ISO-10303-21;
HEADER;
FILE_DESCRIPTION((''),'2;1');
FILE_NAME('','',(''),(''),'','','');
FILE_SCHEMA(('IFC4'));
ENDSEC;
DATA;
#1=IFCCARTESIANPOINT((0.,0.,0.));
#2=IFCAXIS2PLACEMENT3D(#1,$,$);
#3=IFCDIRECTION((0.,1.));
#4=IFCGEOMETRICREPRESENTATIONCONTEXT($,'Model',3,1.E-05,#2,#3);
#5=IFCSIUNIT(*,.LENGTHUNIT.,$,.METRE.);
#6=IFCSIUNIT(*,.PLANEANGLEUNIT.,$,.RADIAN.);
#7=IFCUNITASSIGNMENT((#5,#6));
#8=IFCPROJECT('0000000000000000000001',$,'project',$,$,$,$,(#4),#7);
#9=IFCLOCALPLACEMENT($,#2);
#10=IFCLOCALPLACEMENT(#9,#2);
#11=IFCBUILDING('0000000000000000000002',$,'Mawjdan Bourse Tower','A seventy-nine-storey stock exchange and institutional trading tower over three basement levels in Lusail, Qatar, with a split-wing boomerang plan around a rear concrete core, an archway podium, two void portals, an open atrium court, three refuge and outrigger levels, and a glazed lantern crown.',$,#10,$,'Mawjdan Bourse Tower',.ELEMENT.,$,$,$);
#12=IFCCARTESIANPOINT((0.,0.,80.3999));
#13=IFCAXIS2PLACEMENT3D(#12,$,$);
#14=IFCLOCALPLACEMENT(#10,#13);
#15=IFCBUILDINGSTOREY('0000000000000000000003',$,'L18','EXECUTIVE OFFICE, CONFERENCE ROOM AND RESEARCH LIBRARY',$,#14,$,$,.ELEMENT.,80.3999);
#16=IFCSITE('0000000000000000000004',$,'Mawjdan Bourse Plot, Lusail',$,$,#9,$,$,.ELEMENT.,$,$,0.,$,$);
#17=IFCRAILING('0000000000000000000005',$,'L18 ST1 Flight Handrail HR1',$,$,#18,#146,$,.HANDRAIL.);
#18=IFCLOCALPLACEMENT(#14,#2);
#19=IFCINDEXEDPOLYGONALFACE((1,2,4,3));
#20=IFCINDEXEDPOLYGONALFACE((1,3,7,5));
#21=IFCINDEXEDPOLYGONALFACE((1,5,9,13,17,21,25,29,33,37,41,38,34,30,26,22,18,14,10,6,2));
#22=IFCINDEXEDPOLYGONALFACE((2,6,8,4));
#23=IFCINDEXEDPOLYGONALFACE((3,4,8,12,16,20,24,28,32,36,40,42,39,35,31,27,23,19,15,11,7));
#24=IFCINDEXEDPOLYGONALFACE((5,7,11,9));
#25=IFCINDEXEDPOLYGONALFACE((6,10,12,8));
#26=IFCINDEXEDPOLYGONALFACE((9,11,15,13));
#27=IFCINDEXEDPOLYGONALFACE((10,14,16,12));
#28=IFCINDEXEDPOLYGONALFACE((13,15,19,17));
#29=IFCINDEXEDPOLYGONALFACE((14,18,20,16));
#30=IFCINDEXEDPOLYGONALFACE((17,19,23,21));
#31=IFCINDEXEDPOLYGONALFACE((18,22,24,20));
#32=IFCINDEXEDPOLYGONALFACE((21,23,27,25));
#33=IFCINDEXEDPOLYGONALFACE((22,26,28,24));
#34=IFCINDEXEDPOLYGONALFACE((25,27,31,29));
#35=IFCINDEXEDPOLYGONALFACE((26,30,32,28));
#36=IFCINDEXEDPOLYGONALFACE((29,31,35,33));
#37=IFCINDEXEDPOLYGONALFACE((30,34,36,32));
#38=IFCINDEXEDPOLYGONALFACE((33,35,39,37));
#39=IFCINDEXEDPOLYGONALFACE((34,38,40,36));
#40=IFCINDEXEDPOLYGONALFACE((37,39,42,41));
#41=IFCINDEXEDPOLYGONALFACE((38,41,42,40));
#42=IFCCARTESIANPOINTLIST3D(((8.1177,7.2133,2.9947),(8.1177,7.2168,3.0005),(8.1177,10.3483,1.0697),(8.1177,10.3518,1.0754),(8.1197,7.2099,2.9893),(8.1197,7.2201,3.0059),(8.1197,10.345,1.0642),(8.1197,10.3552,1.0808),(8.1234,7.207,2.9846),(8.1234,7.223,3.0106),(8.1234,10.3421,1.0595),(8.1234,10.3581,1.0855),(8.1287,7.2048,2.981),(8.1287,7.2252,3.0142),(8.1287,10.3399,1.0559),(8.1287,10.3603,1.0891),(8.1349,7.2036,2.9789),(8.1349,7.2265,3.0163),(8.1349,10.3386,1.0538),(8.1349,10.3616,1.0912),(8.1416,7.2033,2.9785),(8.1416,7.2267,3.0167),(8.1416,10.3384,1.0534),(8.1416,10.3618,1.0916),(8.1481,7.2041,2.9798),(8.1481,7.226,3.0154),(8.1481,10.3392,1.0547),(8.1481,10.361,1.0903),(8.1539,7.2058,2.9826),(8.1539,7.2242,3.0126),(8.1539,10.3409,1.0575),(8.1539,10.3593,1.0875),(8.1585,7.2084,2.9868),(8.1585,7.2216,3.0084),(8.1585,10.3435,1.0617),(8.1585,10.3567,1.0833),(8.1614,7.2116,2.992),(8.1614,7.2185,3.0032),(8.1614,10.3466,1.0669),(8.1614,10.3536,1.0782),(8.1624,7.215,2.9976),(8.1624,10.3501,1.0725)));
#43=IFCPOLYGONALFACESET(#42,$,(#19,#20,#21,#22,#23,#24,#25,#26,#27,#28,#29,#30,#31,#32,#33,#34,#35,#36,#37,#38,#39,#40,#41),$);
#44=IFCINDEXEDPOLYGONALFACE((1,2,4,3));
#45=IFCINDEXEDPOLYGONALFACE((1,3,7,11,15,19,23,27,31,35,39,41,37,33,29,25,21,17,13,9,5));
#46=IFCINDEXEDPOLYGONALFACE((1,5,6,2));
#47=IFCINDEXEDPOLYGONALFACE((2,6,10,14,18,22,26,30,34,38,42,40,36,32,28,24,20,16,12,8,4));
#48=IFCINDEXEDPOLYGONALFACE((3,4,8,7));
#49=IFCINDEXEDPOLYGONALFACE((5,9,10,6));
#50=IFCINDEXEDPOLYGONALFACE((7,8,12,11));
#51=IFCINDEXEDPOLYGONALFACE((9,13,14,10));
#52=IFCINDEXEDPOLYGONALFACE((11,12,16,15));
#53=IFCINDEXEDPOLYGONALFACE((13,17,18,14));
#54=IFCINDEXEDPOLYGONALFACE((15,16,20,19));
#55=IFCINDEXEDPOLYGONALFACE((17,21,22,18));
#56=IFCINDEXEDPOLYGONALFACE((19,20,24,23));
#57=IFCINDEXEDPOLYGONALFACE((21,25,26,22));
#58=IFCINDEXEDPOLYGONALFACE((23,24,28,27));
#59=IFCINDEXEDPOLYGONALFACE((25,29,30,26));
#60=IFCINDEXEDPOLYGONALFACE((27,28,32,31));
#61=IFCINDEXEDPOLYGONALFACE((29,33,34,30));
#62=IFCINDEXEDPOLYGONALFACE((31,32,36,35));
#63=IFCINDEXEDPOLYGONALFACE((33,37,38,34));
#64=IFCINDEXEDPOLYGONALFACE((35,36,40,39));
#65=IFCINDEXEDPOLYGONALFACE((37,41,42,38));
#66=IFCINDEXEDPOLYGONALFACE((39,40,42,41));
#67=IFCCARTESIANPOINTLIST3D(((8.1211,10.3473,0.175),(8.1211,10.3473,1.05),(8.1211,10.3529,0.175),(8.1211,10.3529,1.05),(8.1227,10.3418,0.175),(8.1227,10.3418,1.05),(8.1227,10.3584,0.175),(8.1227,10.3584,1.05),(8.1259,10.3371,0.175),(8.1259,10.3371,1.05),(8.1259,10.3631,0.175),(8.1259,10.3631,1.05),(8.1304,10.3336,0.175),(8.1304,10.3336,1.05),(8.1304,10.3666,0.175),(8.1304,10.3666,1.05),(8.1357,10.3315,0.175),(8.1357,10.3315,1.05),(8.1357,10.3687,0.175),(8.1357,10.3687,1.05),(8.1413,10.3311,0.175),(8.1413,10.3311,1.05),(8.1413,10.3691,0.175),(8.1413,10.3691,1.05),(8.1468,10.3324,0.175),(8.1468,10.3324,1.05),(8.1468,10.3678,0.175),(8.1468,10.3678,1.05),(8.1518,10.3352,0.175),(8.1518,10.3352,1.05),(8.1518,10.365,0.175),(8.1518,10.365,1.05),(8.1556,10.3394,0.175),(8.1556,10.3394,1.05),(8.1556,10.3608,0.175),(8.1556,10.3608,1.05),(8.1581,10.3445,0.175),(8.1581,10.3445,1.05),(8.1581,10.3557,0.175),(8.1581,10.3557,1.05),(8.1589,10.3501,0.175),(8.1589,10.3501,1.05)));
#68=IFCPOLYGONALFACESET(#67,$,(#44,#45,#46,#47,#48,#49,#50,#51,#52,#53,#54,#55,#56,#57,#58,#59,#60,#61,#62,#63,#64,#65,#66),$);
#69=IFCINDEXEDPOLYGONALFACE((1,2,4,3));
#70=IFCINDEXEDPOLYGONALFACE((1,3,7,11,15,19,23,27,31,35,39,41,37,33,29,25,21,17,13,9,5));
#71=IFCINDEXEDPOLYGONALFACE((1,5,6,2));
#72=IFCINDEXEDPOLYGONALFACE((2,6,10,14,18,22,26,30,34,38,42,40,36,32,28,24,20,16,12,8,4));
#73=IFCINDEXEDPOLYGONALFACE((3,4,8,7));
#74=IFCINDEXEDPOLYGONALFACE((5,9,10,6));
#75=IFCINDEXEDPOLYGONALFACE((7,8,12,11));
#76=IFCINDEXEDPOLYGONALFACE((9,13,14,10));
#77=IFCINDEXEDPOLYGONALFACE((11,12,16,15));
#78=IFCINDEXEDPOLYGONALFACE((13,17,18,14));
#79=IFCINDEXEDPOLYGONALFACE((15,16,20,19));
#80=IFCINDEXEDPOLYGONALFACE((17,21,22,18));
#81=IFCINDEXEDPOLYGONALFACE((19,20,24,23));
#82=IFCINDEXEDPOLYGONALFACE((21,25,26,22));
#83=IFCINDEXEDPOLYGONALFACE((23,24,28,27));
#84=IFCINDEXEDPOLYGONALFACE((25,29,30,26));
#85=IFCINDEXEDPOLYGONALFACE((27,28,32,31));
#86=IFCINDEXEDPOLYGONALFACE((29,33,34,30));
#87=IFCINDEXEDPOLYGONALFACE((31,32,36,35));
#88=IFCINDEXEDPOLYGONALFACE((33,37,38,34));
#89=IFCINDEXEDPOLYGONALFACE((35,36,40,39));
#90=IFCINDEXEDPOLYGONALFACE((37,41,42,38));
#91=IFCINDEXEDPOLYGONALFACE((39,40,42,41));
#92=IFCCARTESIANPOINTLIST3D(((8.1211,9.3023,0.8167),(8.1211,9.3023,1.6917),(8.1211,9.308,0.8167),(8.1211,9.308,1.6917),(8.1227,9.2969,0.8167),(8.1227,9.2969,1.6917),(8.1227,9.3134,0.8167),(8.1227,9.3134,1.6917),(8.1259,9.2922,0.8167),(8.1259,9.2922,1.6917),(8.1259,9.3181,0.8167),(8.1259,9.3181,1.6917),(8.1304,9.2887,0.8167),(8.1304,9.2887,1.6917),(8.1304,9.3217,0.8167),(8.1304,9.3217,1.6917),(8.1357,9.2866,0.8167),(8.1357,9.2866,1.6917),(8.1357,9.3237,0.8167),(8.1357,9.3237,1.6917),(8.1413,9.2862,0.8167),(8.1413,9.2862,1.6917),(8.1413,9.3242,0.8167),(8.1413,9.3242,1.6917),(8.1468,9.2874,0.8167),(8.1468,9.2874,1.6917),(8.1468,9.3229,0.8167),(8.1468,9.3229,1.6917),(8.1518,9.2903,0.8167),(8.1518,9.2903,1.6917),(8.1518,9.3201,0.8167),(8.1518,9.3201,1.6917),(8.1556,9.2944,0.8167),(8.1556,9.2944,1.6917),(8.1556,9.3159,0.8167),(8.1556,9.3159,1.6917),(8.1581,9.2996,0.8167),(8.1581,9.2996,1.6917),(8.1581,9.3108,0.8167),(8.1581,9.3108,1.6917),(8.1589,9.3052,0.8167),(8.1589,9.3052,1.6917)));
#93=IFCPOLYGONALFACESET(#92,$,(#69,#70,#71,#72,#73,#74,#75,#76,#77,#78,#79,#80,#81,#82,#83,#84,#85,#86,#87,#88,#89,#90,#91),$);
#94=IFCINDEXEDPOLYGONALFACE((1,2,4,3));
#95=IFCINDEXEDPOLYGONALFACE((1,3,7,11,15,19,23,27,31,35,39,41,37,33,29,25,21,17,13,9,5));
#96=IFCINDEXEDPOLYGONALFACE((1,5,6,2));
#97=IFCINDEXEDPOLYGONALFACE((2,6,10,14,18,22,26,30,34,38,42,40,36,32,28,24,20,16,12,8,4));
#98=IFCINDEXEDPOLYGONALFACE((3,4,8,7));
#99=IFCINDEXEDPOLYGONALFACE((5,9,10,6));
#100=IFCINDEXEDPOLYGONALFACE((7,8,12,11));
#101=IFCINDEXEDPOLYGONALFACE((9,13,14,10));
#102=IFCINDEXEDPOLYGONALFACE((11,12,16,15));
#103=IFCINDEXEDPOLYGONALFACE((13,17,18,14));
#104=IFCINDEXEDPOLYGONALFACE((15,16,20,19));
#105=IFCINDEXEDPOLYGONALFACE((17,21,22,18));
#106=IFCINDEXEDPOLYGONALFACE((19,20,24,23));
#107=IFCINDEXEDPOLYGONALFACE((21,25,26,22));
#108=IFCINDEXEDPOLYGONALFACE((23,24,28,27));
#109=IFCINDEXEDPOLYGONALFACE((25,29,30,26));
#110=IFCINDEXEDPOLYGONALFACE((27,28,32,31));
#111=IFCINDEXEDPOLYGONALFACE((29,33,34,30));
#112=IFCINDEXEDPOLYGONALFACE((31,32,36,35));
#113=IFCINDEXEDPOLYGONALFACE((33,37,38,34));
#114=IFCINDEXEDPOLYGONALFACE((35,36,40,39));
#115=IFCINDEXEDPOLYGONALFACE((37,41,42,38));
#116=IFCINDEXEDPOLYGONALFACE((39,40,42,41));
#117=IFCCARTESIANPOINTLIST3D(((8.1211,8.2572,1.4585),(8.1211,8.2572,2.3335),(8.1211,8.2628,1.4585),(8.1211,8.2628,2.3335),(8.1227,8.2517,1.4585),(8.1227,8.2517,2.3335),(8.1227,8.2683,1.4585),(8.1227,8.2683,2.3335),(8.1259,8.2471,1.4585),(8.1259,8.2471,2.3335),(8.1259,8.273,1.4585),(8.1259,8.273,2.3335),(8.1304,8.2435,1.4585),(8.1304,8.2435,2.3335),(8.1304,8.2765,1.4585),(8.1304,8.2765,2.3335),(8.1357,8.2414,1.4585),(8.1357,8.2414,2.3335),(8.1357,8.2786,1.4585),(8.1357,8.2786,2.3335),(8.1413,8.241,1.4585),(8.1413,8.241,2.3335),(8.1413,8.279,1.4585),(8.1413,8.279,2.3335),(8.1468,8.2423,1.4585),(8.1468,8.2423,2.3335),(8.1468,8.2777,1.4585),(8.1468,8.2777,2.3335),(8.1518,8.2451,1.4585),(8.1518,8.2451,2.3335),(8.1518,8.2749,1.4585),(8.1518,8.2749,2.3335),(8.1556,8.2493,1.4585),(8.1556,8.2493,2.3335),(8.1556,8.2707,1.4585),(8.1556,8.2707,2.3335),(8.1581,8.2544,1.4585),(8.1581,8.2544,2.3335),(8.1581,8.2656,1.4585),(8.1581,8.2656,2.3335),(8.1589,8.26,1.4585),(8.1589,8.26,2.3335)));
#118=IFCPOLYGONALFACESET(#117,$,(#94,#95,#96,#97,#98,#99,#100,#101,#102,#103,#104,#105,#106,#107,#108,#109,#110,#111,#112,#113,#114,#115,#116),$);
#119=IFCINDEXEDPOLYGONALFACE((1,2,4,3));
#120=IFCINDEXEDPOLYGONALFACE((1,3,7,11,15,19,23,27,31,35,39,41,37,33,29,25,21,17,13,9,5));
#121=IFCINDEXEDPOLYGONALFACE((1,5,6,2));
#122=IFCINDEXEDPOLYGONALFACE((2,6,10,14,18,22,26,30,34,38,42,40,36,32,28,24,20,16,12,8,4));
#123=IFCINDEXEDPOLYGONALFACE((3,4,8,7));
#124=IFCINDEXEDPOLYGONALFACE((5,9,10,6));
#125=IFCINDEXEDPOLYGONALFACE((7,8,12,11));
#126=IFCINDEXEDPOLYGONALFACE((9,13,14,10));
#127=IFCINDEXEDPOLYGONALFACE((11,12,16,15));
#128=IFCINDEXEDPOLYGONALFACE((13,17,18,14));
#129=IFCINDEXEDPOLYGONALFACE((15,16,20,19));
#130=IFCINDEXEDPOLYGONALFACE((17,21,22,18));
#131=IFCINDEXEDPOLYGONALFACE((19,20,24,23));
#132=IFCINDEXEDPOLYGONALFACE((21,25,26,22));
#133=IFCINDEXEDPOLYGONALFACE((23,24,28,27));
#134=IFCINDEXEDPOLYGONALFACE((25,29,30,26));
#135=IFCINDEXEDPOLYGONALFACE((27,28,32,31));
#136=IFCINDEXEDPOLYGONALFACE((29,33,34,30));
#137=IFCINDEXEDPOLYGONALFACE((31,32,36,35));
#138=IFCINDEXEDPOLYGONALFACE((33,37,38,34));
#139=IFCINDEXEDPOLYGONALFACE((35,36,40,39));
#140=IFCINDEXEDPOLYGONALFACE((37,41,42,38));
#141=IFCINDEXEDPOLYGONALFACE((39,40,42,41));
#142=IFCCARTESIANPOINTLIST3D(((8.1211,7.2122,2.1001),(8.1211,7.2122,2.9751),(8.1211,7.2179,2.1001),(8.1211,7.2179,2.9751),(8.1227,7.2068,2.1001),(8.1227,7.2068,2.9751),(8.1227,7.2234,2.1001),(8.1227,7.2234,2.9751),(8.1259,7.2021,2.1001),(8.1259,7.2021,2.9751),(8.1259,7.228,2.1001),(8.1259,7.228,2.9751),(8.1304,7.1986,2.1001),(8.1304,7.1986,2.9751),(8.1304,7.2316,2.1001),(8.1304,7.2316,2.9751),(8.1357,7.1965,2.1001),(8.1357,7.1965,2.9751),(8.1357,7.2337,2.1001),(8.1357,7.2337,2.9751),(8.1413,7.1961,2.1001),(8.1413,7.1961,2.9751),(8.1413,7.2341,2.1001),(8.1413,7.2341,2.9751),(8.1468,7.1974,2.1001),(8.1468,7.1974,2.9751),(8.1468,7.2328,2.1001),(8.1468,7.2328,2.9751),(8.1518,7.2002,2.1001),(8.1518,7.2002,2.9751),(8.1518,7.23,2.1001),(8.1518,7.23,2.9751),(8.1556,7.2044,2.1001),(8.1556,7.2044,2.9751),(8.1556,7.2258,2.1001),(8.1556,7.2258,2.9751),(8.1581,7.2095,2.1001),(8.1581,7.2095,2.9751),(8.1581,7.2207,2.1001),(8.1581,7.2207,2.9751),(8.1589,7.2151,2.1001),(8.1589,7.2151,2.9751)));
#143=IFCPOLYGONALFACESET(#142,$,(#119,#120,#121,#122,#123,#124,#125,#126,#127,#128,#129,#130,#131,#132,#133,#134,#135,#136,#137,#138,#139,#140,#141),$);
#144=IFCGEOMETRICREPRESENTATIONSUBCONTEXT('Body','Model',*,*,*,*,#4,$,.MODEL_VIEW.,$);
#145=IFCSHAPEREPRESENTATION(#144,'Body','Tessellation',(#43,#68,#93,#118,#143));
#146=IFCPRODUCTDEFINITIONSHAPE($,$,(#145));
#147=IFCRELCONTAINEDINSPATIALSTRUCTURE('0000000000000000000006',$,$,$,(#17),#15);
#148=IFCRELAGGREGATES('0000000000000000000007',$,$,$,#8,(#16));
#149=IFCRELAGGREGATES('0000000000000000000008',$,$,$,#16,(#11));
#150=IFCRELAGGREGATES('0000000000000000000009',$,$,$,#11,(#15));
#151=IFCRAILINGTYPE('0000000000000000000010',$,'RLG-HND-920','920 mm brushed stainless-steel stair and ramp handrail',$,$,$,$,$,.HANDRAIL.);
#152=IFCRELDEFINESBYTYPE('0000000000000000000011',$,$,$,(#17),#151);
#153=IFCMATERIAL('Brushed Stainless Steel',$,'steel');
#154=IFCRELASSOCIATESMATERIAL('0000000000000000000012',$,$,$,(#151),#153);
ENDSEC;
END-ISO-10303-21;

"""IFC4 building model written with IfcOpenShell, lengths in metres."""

from ifc_helpers import new_model, si_unit, direction, frame, origin, origin_2d, place, context, subcontext, project, spatial, circle, extrude, material, type_object, element, save


model = new_model("IFC4")

# Units and contexts
model_context = context("Model", 3, precision=1e-05, world=origin(), true_north=direction((0.0, 1.0)))
body_context = subcontext(model_context, "Body", "Model", "MODEL_VIEW")
ifc_project = project(units=[si_unit("LENGTHUNIT", "METRE"), si_unit("PLANEANGLEUNIT", "RADIAN")], contexts=[model_context])

# Site, building, storey
site_placement = place(None, origin())
site = spatial("IfcSite", under=ifc_project, at=site_placement, Name="Mawjdan Bourse Plot, Lusail", CompositionType="ELEMENT", RefElevation=0.0)
building_placement = place(site_placement, origin())
building = spatial("IfcBuilding", under=site, at=building_placement, Name="Mawjdan Bourse Tower", Description="A seventy-nine-storey stock exchange and institutional trading tower over three basement levels in Lusail, Qatar, with a split-wing boomerang plan around a rear concrete core, an archway podium, two void portals, an open atrium court, three refuge and outrigger levels, and a glazed lantern crown.", LongName="Mawjdan Bourse Tower", CompositionType="ELEMENT")
storey_placement = place(building_placement, frame((0.0, 0.0, 80.3999)))
storey = spatial("IfcBuildingStorey", under=building, at=storey_placement, Name="L18", Description="EXECUTIVE OFFICE, CONFERENCE ROOM AND RESEARCH LIBRARY", CompositionType="ELEMENT", Elevation=80.3999)

# Railing
ifc_material_1 = material(Name="Brushed Stainless Steel", Category="steel")
railing_type_1 = type_object("IfcRailingType", Name="RLG-HND-920", Description="920 mm brushed stainless-steel stair and ramp handrail", PredefinedType="HANDRAIL", material=ifc_material_1)
railing_placement = place(storey_placement, frame((8.1399, 10.3501, 0.175)))
element("IfcRailing", 1, at=railing_placement, inside=storey, type_object=railing_type_1, Name="L18 ST1 Flight Handrail HR1", PredefinedType="HANDRAIL", context=body_context, shape_type="SweptSolid", body=[
    extrude(circle(Radius=0.0225, at=origin_2d()), frame((0.0, 0.0, 0.8975), z_axis=(0.0, -0.852166, 0.523271), x_axis=(1.0, 0.0, 0.0)), (0.0, 0.0, 1.0), 3.679),
    extrude(circle(Radius=0.019, at=origin_2d()), origin(), (0.0, 0.0, 1.0), 0.875),
    extrude(circle(Radius=0.019, at=origin_2d()), frame((0.0, -1.0449, 0.6416)), (0.0, 0.0, 1.0), 0.875),
    extrude(circle(Radius=0.019, at=origin_2d()), frame((0.0, -2.0901, 1.2834)), (0.0, 0.0, 1.0), 0.875),
    extrude(circle(Radius=0.019, at=origin_2d()), frame((0.0, -3.135, 1.925)), (0.0, 0.0, 1.0), 0.875),
])

save(model, "model.ifc")
